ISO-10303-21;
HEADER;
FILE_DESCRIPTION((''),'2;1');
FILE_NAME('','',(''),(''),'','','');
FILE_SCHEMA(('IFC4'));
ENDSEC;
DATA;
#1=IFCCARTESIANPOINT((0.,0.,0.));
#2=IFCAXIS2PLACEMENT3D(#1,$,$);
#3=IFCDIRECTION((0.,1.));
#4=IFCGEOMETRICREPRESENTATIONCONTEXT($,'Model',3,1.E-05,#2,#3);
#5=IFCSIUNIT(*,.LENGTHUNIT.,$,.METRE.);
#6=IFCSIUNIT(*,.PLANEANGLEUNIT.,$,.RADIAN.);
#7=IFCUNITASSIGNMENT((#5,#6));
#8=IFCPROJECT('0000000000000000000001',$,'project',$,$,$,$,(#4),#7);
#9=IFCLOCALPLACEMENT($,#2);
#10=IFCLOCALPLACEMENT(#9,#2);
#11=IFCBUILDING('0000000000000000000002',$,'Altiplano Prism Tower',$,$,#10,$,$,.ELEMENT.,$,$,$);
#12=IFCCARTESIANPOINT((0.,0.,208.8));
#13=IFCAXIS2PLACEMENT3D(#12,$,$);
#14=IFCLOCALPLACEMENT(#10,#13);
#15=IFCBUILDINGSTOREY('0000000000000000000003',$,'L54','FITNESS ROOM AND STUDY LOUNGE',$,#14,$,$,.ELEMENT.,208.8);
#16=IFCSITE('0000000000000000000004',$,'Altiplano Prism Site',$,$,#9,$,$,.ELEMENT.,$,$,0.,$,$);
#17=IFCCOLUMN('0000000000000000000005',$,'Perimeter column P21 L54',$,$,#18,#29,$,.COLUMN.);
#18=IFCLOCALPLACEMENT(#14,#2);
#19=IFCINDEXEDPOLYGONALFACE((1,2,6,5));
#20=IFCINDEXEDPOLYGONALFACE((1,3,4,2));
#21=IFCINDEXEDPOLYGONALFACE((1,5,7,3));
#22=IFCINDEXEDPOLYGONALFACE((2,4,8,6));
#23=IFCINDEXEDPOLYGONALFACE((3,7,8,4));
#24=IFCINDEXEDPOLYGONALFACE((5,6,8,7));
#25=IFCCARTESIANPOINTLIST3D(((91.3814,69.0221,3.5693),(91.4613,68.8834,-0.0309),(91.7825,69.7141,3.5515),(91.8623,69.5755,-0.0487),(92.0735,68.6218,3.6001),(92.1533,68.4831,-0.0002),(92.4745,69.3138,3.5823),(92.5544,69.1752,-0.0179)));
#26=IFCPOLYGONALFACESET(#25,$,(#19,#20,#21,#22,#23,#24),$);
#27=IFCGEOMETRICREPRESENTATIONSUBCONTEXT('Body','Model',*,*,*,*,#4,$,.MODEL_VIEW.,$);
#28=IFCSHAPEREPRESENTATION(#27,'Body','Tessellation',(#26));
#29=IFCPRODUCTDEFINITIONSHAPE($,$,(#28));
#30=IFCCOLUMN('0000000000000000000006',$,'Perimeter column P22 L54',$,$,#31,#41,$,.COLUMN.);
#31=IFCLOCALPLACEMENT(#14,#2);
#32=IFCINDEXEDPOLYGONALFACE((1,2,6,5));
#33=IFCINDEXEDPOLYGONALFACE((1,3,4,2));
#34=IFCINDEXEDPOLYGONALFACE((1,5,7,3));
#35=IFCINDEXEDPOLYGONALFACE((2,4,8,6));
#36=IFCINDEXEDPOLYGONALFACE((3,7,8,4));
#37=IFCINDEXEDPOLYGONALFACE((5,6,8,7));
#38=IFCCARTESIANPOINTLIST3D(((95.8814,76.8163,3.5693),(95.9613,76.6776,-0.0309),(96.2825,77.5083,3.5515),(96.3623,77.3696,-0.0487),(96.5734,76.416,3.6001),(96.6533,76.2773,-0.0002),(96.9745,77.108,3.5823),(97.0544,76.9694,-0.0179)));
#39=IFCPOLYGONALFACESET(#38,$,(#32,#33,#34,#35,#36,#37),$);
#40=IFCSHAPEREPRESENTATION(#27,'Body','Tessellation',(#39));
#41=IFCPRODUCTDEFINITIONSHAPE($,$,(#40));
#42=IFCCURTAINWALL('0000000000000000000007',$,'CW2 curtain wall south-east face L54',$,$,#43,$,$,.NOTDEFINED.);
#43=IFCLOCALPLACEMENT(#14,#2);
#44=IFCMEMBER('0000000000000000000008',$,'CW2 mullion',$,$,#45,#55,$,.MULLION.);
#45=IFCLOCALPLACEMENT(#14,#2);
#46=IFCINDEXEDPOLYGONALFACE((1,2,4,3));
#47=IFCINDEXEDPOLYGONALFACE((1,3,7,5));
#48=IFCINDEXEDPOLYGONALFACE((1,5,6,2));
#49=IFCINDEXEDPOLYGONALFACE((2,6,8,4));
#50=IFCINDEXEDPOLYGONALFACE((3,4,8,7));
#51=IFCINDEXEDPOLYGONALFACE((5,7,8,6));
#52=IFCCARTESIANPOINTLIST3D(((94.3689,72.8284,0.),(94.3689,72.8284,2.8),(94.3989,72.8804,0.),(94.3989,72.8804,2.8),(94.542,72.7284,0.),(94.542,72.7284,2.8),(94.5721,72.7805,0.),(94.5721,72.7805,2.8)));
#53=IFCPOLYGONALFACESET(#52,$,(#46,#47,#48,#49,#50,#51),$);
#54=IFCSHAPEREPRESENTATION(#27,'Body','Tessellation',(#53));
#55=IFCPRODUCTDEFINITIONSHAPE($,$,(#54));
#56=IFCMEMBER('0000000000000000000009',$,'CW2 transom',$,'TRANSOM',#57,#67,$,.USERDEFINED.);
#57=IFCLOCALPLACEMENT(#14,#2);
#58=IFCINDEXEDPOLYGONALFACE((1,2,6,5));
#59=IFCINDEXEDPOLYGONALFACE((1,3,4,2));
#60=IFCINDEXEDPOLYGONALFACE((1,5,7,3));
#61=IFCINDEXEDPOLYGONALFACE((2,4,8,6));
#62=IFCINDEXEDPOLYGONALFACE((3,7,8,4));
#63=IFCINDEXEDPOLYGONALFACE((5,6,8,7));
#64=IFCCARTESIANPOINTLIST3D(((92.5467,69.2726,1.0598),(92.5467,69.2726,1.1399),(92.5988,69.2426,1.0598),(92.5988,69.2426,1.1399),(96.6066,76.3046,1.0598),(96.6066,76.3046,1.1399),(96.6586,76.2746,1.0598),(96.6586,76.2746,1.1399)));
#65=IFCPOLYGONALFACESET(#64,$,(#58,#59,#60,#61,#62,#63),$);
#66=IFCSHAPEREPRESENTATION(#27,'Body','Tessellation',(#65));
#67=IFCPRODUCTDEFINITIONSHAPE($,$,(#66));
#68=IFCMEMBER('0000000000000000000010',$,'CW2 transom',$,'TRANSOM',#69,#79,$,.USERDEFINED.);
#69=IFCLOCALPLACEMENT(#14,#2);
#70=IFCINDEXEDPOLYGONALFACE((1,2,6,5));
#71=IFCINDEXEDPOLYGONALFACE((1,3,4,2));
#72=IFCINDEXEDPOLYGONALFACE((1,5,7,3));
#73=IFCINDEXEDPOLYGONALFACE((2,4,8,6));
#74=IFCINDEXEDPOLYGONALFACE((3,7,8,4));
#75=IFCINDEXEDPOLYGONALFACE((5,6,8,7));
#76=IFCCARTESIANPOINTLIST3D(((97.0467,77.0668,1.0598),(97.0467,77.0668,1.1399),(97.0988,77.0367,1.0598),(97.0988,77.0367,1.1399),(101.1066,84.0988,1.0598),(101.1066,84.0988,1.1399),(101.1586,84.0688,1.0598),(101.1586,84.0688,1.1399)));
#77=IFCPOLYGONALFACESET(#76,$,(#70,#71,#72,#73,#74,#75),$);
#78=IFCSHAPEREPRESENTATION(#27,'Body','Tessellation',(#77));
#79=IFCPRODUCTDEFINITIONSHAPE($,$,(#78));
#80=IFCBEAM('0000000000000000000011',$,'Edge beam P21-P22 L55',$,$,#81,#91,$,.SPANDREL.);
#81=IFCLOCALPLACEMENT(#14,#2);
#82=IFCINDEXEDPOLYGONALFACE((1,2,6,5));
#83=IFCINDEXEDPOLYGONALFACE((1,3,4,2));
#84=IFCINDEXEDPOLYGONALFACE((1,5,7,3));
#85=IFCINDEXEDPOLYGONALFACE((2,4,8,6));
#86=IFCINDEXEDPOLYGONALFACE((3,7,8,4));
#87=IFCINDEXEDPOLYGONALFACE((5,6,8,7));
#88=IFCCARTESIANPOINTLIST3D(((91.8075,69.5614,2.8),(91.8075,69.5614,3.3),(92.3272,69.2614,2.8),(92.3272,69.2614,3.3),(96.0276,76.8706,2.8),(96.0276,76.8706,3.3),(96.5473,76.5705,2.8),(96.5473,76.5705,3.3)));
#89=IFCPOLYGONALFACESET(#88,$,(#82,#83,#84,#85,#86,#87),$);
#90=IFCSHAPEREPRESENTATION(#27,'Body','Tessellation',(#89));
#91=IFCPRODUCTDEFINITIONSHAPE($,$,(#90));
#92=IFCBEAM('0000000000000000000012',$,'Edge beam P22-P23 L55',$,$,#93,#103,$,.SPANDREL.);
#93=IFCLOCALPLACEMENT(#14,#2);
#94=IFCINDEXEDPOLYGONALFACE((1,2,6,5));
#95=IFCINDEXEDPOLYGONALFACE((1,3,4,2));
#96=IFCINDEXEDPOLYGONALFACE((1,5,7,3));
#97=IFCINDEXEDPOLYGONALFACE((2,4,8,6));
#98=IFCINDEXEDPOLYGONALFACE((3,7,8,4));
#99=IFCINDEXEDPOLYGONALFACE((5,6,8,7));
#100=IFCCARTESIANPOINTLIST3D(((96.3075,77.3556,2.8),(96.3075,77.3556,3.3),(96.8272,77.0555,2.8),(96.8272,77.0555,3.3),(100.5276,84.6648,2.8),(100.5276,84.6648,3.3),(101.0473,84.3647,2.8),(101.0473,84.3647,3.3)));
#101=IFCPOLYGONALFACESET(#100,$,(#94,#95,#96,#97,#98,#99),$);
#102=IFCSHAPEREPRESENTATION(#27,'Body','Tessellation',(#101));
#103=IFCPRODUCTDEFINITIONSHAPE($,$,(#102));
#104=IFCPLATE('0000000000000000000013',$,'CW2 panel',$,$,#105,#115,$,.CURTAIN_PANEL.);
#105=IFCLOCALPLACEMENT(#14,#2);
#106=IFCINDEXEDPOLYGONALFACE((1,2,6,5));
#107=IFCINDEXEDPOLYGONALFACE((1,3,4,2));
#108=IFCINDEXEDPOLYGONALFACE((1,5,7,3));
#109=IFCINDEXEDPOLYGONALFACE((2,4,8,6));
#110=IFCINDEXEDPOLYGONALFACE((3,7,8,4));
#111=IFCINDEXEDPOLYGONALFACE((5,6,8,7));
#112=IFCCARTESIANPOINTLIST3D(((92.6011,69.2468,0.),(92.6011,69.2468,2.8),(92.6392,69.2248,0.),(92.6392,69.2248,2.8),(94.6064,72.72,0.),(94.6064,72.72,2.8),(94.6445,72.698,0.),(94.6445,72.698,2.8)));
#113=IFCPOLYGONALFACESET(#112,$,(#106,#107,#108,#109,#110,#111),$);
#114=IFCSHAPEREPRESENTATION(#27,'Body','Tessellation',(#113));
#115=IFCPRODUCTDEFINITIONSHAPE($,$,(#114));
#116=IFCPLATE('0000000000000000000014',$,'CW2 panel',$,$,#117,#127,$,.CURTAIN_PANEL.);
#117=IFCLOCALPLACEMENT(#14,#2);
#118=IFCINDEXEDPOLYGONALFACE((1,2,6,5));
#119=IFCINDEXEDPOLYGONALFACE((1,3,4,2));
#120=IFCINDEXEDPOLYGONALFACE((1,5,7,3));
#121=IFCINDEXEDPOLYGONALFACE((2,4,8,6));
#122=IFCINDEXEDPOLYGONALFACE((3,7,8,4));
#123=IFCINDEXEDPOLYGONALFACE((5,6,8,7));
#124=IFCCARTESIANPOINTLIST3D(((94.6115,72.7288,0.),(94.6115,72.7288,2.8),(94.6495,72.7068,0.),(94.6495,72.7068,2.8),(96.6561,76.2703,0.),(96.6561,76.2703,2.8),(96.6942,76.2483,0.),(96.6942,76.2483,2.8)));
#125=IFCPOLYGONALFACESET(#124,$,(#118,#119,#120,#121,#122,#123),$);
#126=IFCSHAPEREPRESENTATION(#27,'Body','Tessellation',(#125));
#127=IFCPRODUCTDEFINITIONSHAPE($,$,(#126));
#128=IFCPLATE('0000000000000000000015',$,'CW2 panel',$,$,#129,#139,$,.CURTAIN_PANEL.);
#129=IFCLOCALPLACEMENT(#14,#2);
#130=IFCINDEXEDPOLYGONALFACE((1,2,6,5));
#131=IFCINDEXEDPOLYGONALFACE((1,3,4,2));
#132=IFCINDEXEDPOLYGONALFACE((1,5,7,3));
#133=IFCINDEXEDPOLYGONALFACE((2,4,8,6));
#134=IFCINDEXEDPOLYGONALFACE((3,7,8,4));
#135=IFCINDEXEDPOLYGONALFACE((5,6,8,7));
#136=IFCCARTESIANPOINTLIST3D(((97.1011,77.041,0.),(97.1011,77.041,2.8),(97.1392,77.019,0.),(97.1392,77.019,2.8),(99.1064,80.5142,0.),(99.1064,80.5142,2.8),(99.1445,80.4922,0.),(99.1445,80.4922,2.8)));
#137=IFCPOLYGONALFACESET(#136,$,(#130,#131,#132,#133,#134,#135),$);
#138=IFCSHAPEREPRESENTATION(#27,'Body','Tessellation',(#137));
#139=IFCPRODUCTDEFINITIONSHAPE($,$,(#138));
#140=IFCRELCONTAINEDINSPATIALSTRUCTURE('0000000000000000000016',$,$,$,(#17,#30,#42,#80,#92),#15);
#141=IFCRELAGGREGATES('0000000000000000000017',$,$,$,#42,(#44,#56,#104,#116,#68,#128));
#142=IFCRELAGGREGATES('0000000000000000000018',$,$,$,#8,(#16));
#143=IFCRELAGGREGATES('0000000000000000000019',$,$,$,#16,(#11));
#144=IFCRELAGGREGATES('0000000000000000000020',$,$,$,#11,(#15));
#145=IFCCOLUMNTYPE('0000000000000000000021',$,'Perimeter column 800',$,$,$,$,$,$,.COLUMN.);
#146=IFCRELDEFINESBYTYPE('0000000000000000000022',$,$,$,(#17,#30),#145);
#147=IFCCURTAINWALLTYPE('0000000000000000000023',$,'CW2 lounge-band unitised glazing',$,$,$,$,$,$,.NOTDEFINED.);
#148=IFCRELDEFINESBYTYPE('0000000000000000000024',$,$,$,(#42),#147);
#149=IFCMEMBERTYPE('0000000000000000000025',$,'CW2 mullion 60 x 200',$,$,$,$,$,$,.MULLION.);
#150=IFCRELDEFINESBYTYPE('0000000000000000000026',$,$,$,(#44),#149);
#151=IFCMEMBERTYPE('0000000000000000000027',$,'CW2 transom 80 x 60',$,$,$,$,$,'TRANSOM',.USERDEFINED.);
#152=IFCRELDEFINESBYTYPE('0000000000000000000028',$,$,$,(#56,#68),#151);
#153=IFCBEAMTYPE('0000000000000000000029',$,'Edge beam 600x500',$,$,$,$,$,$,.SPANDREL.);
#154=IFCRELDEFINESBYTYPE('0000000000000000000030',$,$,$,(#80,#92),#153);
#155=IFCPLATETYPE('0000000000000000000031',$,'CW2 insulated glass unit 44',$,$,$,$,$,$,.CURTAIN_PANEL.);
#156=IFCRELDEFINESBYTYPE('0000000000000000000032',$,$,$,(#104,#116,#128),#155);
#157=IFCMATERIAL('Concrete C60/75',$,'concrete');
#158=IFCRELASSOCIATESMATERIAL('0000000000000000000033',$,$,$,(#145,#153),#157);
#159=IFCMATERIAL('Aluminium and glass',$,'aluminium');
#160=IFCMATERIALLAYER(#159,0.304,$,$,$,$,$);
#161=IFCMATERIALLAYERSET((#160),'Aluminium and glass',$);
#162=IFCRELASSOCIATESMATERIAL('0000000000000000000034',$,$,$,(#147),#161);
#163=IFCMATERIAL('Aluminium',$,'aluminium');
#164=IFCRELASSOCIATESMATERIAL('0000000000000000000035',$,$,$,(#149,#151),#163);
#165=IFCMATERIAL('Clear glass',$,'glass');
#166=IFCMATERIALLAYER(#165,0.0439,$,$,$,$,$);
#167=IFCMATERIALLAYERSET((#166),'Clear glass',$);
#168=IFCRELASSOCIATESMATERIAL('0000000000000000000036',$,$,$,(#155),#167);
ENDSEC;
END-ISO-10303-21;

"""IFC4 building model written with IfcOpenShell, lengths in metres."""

from ifc_helpers import new_model, si_unit, direction, frame, origin, origin_2d, place, context, subcontext, project, spatial, rectangle, extrude, material, layer, layer_set, material_profile, profile_set, type_object, element, aggregate, save


model = new_model("IFC4")

# Units and contexts
model_context = context("Model", 3, precision=1e-05, world=origin(), true_north=direction((0.0, 1.0)))
body_context = subcontext(model_context, "Body", "Model", "MODEL_VIEW")
ifc_project = project(units=[si_unit("LENGTHUNIT", "METRE"), si_unit("PLANEANGLEUNIT", "RADIAN")], contexts=[model_context])

# Site, building, storey
site_placement = place(None, origin())
site = spatial("IfcSite", under=ifc_project, at=site_placement, Name="Altiplano Prism Site", CompositionType="ELEMENT", RefElevation=0.0)
building_placement = place(site_placement, origin())
building = spatial("IfcBuilding", under=site, at=building_placement, Name="Altiplano Prism Tower", CompositionType="ELEMENT")
storey_placement = place(building_placement, frame((0.0, 0.0, 208.8)))
storey = spatial("IfcBuildingStorey", under=building, at=storey_placement, Name="L54", Description="FITNESS ROOM AND STUDY LOUNGE", CompositionType="ELEMENT", Elevation=208.8)

# Columns
ifc_material_1 = material(Name="Concrete C60/75", Category="concrete")
ifc_material_profile_1 = material_profile(ifc_material_1, rectangle(XDim=0.8, YDim=0.8, at=origin_2d()), Name="Perimeter column 800")
ifc_profile_set_1 = profile_set([ifc_material_profile_1], Name="Concrete C60/75")
column_type = type_object("IfcColumnType", Name="Perimeter column 800", PredefinedType="COLUMN", material=ifc_profile_set_1)
for number, where, z_axis, x_axis, name in (
    (1, (92.0078, 69.0293, -0.0244), (-0.022154, 0.038481, 0.999014), (-0.501315, -0.86498, 0.022201), "Perimeter column P21 L54"),
    (2, (96.5078, 76.8235, -0.0244), (-0.022154, 0.038481, 0.999014), (-0.501318, -0.864979, 0.022201), "Perimeter column P22 L54"),
):
    element("IfcColumn", number, at=place(storey_placement, frame(where, z_axis=z_axis, x_axis=x_axis)), inside=storey, type_object=column_type, Name=name, PredefinedType="COLUMN", context=body_context, shape_type="SweptSolid", body=[
        extrude(rectangle(XDim=0.8, YDim=0.8, at=origin_2d()), origin(), (0.0, 0.0, 1.0), 3.6038),
    ])

# Curtain wall, members
ifc_material_2 = material(Name="Aluminium and glass", Category="aluminium")
ifc_layer_1 = layer(ifc_material_2, 0.304)
ifc_layer_set_1 = layer_set([ifc_layer_1], Name="Aluminium and glass")
curtain_wall_type = type_object("IfcCurtainWallType", Name="CW2 lounge-band unitised glazing", PredefinedType="NOTDEFINED", material=ifc_layer_set_1)
curtain_wall_placement = place(storey_placement, origin())
curtain_wall = element("IfcCurtainWall", 3, at=curtain_wall_placement, inside=storey, type_object=curtain_wall_type, Name="CW2 curtain wall south-east face L54", PredefinedType="NOTDEFINED")
ifc_material_3 = material(Name="Aluminium", Category="aluminium")
ifc_material_profile_2 = material_profile(ifc_material_3, rectangle(XDim=0.2, YDim=0.0601, at=origin_2d()), Name="CW2 mullion 60 x 200")
ifc_profile_set_2 = profile_set([ifc_material_profile_2], Name="Aluminium")
member_type_1 = type_object("IfcMemberType", Name="CW2 mullion 60 x 200", PredefinedType="MULLION", material=ifc_profile_set_2)
member_1_placement = place(storey_placement, frame((94.4705, 72.8044, 0.0), z_axis=(0.0, 0.0, 1.0), x_axis=(-0.866025, 0.5, 0.0)))
member_1 = element("IfcMember", 4, at=member_1_placement, type_object=member_type_1, Name="CW2 mullion", PredefinedType="MULLION", context=body_context, shape_type="SweptSolid", body=[
    extrude(rectangle(XDim=0.2, YDim=0.0601, at=origin_2d()), origin(), (0.0, 0.0, 1.0), 2.8),
])
ifc_material_profile_3 = material_profile(ifc_material_3, rectangle(XDim=0.0601, YDim=0.0801, at=origin_2d()), Name="CW2 transom 80 x 60")
ifc_profile_set_3 = profile_set([ifc_material_profile_3], Name="Aluminium")
member_type_2 = type_object("IfcMemberType", Name="CW2 transom 80 x 60", ElementType="TRANSOM", PredefinedType="USERDEFINED", material=ifc_profile_set_3)
member_2_placement = place(storey_placement, frame((92.5728, 69.2576, 1.0999), z_axis=(0.499991, 0.866031, 0.0), x_axis=(-0.866031, 0.499991, 0.0)))
member_2 = element("IfcMember", 5, at=member_2_placement, type_object=member_type_2, Name="CW2 transom", ObjectType="TRANSOM", PredefinedType="USERDEFINED", context=body_context, shape_type="SweptSolid", body=[
    extrude(rectangle(XDim=0.0601, YDim=0.0801, at=origin_2d()), origin(), (0.0, 0.0, 1.0), 8.1199),
])
member_3_placement = place(storey_placement, frame((97.0728, 77.0518, 1.0999), z_axis=(0.499991, 0.866031, 0.0), x_axis=(-0.866031, 0.499991, 0.0)))
member_3 = element("IfcMember", 6, at=member_3_placement, type_object=member_type_2, Name="CW2 transom", ObjectType="TRANSOM", PredefinedType="USERDEFINED", context=body_context, shape_type="SweptSolid", body=[
    extrude(rectangle(XDim=0.0601, YDim=0.0801, at=origin_2d()), origin(), (0.0, 0.0, 1.0), 8.1199),
])

# Beams
ifc_material_profile_4 = material_profile(ifc_material_1, rectangle(XDim=0.6001, YDim=0.5, at=origin_2d()), Name="Edge beam 600x500")
ifc_profile_set_4 = profile_set([ifc_material_profile_4], Name="Concrete C60/75")
beam_type = type_object("IfcBeamType", Name="Edge beam 600x500", PredefinedType="SPANDREL", material=ifc_profile_set_4)
for number, where, z_axis, x_axis, name in (
    (7, (92.0674, 69.4114, 3.05), (0.500006, 0.866022, 0.0), (-0.866022, 0.500006, 0.0), "Edge beam P21-P22 L55"),
    (8, (96.5674, 77.2056, 3.05), (0.500006, 0.866022, 0.0), (-0.866022, 0.500006, 0.0), "Edge beam P22-P23 L55"),
):
    element("IfcBeam", number, at=place(storey_placement, frame(where, z_axis=z_axis, x_axis=x_axis)), inside=storey, type_object=beam_type, Name=name, PredefinedType="SPANDREL", context=body_context, shape_type="SweptSolid", body=[
        extrude(rectangle(XDim=0.6001, YDim=0.5, at=origin_2d()), origin(), (0.0, 0.0, 1.0), 8.4399),
    ])

# Plates
ifc_material_4 = material(Name="Clear glass", Category="glass")
ifc_layer_2 = layer(ifc_material_4, 0.0439)
ifc_layer_set_2 = layer_set([ifc_layer_2], Name="Clear glass")
plate_type = type_object("IfcPlateType", Name="CW2 insulated glass unit 44", PredefinedType="CURTAIN_PANEL", material=ifc_layer_set_2)
plate_1_placement = place(storey_placement, frame((93.6228, 70.9724, 0.0), z_axis=(0.0, 0.0, 1.0), x_axis=(0.5, 0.866025, 0.0)))
plate_1 = element("IfcPlate", 9, at=plate_1_placement, type_object=plate_type, Name="CW2 panel", PredefinedType="CURTAIN_PANEL", context=body_context, shape_type="SweptSolid", body=[
    extrude(rectangle(XDim=4.0105, YDim=0.0439, at=origin_2d()), origin(), (0.0, 0.0, 1.0), 2.8),
])
plate_2_placement = place(storey_placement, frame((95.6528, 74.4885, 0.0), z_axis=(0.0, 0.0, 1.0), x_axis=(0.5, 0.866025, 0.0)))
plate_2 = element("IfcPlate", 10, at=plate_2_placement, type_object=plate_type, Name="CW2 panel", PredefinedType="CURTAIN_PANEL", context=body_context, shape_type="SweptSolid", body=[
    extrude(rectangle(XDim=4.0894, YDim=0.0439, at=origin_2d()), origin(), (0.0, 0.0, 1.0), 2.8),
])
plate_3_placement = place(storey_placement, frame((98.1228, 78.7666, 0.0), z_axis=(0.0, 0.0, 1.0), x_axis=(0.5, 0.866025, 0.0)))
plate_3 = element("IfcPlate", 11, at=plate_3_placement, type_object=plate_type, Name="CW2 panel", PredefinedType="CURTAIN_PANEL", context=body_context, shape_type="SweptSolid", body=[
    extrude(rectangle(XDim=4.0105, YDim=0.0439, at=origin_2d()), origin(), (0.0, 0.0, 1.0), 2.8),
])
aggregate(curtain_wall, [member_1, member_2, plate_1, plate_2, member_3, plate_3])

save(model, "model.ifc")
